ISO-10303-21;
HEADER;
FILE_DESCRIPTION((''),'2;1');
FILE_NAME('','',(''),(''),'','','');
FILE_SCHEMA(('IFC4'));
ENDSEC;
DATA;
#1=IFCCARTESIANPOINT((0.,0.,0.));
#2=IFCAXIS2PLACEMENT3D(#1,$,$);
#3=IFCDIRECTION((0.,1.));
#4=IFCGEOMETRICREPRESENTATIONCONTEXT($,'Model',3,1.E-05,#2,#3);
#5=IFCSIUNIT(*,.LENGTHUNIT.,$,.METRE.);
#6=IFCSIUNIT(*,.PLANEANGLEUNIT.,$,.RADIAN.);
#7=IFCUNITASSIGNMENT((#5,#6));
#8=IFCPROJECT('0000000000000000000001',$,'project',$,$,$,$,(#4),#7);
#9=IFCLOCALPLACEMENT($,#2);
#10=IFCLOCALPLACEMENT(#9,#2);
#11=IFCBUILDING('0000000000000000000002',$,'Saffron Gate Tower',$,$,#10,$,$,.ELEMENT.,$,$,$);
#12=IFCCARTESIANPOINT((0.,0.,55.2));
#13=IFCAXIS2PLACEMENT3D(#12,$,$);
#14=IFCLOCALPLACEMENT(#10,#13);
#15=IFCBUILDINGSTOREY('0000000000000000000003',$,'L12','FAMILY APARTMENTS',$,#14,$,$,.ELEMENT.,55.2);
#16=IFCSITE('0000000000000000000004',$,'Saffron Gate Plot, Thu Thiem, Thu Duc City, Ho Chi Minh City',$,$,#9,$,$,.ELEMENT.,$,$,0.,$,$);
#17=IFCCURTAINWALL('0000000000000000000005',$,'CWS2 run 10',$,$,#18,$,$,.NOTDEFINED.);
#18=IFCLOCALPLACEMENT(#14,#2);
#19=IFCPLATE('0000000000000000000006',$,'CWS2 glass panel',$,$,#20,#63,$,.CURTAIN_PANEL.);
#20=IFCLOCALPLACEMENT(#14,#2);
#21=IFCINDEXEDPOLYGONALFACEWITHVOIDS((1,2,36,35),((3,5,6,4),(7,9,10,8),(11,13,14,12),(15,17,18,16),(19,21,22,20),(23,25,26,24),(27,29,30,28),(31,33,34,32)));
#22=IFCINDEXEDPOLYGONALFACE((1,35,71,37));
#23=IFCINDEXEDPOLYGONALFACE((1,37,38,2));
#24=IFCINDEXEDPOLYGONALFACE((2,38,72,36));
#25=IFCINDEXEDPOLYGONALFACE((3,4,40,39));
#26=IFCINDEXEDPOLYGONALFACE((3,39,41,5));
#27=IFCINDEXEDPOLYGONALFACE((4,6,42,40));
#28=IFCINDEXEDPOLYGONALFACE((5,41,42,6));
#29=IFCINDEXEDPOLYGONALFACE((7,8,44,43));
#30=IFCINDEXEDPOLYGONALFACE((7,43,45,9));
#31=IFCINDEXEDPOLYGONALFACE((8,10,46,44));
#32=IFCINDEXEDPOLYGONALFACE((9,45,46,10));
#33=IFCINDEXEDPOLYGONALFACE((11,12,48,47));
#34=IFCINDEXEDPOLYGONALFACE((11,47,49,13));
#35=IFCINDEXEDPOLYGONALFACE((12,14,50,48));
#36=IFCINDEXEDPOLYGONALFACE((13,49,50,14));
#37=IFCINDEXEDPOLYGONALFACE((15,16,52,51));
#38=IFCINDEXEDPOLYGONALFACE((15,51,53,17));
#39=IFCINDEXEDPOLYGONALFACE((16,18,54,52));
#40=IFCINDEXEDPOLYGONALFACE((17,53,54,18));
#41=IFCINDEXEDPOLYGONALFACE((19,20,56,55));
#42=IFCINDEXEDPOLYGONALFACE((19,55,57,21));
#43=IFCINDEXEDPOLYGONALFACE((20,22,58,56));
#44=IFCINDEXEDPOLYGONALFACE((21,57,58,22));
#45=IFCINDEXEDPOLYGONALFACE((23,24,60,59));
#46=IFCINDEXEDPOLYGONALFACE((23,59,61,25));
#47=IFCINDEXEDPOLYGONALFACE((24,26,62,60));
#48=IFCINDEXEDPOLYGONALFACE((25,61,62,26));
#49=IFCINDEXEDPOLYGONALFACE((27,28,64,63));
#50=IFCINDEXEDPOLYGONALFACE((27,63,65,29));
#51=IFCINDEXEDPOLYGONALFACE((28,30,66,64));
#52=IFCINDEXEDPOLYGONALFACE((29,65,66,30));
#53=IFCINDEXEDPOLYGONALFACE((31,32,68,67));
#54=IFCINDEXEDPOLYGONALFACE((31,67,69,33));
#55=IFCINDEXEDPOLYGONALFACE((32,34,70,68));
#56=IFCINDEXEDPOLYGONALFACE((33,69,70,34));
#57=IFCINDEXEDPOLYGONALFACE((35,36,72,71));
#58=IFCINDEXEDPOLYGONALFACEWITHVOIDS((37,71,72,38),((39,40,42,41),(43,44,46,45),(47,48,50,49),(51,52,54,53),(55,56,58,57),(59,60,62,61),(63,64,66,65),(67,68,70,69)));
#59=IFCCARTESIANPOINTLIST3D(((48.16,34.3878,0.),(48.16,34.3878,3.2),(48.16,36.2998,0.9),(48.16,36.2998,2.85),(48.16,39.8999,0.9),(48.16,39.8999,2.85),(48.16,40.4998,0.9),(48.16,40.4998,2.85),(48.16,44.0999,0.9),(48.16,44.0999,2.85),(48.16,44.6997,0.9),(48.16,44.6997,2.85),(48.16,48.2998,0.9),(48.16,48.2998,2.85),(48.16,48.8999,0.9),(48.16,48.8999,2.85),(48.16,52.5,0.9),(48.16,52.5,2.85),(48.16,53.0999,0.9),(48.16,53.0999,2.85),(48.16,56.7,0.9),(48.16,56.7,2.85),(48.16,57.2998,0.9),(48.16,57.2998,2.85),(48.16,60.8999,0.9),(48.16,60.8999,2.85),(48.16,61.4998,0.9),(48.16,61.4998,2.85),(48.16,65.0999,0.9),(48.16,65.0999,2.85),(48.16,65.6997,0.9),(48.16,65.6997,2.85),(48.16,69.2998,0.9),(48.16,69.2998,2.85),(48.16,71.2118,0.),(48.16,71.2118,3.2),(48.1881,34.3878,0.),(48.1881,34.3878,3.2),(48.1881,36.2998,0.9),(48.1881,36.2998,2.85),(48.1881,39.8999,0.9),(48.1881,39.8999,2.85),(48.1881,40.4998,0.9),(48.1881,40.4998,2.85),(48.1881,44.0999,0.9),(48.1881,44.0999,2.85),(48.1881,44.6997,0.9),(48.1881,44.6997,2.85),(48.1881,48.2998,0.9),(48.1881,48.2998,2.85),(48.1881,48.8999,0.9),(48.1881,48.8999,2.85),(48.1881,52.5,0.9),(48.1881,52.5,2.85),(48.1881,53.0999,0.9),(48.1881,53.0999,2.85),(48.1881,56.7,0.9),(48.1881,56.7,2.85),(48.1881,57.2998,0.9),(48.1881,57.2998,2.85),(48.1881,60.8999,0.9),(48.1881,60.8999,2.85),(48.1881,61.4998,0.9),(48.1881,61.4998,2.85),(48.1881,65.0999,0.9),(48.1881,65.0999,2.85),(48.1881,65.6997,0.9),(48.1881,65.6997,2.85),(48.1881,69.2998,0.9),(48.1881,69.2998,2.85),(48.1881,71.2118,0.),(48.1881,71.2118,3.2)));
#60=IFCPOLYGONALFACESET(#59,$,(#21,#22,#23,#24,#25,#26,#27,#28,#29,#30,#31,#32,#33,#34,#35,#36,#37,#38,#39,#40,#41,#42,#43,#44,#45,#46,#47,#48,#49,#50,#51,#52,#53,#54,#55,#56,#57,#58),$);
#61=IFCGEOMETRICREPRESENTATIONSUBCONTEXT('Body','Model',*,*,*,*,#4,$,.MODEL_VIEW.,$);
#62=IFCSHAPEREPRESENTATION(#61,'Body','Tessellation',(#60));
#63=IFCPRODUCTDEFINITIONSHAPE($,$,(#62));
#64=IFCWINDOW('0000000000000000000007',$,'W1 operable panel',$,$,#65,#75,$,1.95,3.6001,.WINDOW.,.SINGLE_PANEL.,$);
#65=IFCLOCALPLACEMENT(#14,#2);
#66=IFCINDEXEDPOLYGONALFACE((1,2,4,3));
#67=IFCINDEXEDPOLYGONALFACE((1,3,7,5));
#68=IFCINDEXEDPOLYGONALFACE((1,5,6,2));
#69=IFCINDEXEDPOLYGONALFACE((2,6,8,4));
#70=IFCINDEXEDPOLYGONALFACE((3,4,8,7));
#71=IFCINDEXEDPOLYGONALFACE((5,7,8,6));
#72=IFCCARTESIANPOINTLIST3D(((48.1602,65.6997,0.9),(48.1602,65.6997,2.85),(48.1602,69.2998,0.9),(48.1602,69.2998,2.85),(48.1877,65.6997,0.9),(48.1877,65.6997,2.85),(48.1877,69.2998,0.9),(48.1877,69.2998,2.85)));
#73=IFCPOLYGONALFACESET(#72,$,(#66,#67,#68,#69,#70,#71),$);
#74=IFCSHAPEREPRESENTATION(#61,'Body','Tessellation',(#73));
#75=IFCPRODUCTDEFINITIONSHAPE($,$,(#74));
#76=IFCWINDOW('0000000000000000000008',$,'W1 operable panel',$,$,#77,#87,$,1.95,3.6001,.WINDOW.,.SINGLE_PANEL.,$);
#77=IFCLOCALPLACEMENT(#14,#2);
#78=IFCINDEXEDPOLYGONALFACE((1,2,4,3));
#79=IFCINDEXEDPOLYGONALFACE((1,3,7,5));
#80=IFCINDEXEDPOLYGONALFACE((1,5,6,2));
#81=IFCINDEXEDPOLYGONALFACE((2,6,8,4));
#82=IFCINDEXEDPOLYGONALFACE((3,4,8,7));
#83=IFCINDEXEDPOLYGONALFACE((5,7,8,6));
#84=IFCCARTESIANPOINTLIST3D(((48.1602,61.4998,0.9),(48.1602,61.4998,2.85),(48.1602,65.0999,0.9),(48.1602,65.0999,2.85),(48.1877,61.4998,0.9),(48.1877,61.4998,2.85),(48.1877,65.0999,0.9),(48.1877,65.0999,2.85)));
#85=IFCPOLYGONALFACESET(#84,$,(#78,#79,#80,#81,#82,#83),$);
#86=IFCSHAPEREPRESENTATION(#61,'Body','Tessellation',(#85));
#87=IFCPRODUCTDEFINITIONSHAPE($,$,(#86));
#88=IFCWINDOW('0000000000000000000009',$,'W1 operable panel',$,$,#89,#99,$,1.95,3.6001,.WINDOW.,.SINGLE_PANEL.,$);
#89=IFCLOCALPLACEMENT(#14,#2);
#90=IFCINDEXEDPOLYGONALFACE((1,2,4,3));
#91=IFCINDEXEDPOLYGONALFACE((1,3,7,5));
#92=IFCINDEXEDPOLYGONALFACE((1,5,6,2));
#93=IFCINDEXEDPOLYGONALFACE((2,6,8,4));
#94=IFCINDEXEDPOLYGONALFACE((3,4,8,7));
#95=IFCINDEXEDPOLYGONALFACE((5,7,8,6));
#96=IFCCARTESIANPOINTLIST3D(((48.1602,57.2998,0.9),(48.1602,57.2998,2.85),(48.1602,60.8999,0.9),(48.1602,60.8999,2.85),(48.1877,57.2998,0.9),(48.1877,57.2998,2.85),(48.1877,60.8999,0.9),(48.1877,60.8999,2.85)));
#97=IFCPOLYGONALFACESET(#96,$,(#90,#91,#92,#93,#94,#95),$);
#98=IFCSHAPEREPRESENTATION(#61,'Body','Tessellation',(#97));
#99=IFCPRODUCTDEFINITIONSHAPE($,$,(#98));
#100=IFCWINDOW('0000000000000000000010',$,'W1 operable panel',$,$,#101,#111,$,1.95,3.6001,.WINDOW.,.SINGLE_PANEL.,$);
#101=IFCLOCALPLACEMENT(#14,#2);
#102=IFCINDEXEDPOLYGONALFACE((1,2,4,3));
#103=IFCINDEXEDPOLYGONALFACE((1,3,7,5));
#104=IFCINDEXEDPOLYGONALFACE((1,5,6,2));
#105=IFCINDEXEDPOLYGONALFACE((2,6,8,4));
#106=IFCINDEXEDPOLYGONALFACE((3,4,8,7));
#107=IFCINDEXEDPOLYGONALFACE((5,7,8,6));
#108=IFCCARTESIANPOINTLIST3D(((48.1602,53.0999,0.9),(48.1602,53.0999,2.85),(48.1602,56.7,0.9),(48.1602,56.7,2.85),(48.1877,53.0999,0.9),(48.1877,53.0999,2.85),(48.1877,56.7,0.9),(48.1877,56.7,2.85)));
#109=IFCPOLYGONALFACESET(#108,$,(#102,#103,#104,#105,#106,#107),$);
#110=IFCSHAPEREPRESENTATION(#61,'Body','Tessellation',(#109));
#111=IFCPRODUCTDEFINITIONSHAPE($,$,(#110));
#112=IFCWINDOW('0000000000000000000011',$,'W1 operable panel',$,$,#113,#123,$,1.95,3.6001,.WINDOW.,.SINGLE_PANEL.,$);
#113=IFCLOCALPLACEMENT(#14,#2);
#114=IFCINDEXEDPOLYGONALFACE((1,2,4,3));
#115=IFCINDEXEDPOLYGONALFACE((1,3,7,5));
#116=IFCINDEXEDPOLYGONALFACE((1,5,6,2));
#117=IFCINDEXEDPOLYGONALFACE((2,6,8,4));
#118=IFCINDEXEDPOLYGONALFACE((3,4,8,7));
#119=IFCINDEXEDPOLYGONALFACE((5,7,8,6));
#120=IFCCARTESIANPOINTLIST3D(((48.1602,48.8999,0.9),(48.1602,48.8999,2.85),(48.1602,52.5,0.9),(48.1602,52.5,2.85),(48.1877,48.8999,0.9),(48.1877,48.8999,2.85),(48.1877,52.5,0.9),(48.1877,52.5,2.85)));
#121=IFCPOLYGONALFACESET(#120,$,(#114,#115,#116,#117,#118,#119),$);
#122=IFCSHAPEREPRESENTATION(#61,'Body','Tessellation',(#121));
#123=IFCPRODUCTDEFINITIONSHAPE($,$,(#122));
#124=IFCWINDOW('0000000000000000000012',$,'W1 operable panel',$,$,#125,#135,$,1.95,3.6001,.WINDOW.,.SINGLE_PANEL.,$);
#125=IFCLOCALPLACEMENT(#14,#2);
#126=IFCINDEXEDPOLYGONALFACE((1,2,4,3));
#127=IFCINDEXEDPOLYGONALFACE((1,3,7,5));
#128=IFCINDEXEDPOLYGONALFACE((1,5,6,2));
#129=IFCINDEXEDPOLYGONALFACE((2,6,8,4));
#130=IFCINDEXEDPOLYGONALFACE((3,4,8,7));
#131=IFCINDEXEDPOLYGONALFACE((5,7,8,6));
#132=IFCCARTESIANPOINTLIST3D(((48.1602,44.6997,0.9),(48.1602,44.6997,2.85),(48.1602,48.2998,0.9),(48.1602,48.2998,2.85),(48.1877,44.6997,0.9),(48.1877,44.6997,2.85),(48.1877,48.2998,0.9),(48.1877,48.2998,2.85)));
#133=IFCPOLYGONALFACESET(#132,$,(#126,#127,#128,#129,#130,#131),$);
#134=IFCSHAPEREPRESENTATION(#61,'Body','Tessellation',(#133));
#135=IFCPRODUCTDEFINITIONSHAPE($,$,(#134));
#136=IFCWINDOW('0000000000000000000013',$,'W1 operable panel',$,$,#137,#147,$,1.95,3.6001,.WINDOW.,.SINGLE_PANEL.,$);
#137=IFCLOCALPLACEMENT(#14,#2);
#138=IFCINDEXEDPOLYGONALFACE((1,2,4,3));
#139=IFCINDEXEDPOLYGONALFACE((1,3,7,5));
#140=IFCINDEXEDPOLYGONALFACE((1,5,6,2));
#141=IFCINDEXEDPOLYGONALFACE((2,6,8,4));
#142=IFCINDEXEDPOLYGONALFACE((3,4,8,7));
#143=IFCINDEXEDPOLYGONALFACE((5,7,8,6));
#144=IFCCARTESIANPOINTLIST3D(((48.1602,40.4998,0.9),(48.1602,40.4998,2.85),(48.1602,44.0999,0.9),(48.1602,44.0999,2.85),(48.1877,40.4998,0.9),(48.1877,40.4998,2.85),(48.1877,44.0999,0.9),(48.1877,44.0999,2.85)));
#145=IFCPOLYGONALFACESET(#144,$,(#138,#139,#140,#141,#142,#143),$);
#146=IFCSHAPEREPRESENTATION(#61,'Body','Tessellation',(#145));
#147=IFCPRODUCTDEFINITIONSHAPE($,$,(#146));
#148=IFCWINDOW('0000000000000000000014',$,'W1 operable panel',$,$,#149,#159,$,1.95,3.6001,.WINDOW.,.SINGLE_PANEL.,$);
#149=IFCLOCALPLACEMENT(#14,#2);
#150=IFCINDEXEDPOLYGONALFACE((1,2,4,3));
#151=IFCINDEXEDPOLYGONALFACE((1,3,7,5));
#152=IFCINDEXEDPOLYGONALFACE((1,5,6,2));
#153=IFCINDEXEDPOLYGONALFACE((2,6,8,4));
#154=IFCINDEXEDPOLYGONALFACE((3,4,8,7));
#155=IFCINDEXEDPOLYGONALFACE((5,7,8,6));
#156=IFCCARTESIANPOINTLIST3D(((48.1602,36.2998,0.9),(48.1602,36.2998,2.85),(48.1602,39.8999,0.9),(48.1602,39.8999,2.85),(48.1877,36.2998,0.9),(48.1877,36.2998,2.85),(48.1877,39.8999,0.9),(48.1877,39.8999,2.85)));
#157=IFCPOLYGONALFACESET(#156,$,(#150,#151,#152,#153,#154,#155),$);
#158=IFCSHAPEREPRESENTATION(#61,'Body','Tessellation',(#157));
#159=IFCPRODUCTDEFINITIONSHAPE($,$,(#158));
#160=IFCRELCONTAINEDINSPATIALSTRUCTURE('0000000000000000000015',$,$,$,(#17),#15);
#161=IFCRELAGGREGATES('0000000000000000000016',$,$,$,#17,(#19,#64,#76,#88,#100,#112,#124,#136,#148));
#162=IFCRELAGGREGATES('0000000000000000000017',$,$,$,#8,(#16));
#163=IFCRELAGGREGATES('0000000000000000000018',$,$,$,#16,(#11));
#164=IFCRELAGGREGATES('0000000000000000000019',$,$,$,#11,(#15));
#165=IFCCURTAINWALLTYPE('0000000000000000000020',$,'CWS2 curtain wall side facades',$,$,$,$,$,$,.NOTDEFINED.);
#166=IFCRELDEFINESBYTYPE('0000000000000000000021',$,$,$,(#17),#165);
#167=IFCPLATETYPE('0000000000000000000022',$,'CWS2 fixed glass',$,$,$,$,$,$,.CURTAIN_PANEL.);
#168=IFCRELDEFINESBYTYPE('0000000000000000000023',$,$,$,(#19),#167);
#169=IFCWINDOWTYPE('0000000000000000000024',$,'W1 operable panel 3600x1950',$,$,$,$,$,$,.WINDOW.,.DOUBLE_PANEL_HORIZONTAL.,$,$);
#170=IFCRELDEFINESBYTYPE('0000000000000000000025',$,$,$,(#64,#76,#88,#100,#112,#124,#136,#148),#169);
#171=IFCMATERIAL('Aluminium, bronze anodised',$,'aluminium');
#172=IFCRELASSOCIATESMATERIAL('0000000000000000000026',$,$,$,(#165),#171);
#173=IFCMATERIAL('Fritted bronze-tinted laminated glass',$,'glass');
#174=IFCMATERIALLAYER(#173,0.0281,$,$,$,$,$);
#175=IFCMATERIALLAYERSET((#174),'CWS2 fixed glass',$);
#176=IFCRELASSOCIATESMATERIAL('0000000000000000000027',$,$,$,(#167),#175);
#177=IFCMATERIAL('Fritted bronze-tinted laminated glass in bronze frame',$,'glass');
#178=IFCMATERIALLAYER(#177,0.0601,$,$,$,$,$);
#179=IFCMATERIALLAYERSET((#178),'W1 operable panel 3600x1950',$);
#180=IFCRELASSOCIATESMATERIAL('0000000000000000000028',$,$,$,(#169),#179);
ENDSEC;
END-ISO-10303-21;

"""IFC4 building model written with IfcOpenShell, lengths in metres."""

from ifc_helpers import new_model, si_unit, direction, frame, frame_2d, origin, place, context, subcontext, project, spatial, rectangle, extrude, material, layer, layer_set, type_object, element, fill, aggregate, save


model = new_model("IFC4")

# Units and contexts
model_context = context("Model", 3, precision=1e-05, world=origin(), true_north=direction((0.0, 1.0)))
body_context = subcontext(model_context, "Body", "Model", "MODEL_VIEW")
ifc_project = project(units=[si_unit("LENGTHUNIT", "METRE"), si_unit("PLANEANGLEUNIT", "RADIAN")], contexts=[model_context])

# Site, building, storey
site_placement = place(None, origin())
site = spatial("IfcSite", under=ifc_project, at=site_placement, Name="Saffron Gate Plot, Thu Thiem, Thu Duc City, Ho Chi Minh City", CompositionType="ELEMENT", RefElevation=0.0)
building_placement = place(site_placement, origin())
building = spatial("IfcBuilding", under=site, at=building_placement, Name="Saffron Gate Tower", CompositionType="ELEMENT")
storey_placement = place(building_placement, frame((0.0, 0.0, 55.2)))
storey = spatial("IfcBuildingStorey", under=building, at=storey_placement, Name="L12", Description="FAMILY APARTMENTS", CompositionType="ELEMENT", Elevation=55.2)

# Curtain wall
ifc_material_1 = material(Name="Aluminium, bronze anodised", Category="aluminium")
curtain_wall_type_1 = type_object("IfcCurtainWallType", Name="CWS2 curtain wall side facades", PredefinedType="NOTDEFINED", material=ifc_material_1)
curtain_wall_1_placement = place(storey_placement, origin())
curtain_wall_1 = element("IfcCurtainWall", 1, at=curtain_wall_1_placement, inside=storey, type_object=curtain_wall_type_1, Name="CWS2 run 10", PredefinedType="NOTDEFINED")

# Plate, openings, windows
ifc_material_2 = material(Name="Fritted bronze-tinted laminated glass", Category="glass")
ifc_layer_1 = layer(ifc_material_2, 0.0281)
ifc_layer_set_1 = layer_set([ifc_layer_1], Name="CWS2 fixed glass")
plate_type_1 = type_object("IfcPlateType", Name="CWS2 fixed glass", PredefinedType="CURTAIN_PANEL", material=ifc_layer_set_1)
plate_1_placement = place(storey_placement, frame((48.1741, 71.2119, 0.0), z_axis=(0.0, 0.0, 1.0), x_axis=(0.0, -1.0, 0.0)))
plate_1 = element("IfcPlate", 2, at=plate_1_placement, type_object=plate_type_1, Name="CWS2 glass panel", PredefinedType="CURTAIN_PANEL", context=body_context, shape_type="SweptSolid", body=[
    extrude(rectangle(XDim=36.824, YDim=0.0281, at=frame_2d((18.4121, 0.0))), origin(), (0.0, 0.0, 1.0), 3.2),
])
opening_1_placement = place(plate_1_placement, frame((1.9121, 0.0, 0.8999)))
opening_1 = element("IfcOpeningElement", 3, at=opening_1_placement, cuts=plate_1, PredefinedType="OPENING", context=body_context, shape_type="SweptSolid", body=[
    extrude(rectangle(XDim=3.6001, YDim=1.95, at=frame_2d((1.8, 0.9751))), frame((0.0, 0.0239, 0.0), z_axis=(0.0, -1.0, 0.0), x_axis=(1.0, 0.0, 0.0)), (0.0, 0.0, 1.0), 0.0481),
])
opening_2_placement = place(plate_1_placement, frame((6.1121, 0.0, 0.8999)))
opening_2 = element("IfcOpeningElement", 4, at=opening_2_placement, cuts=plate_1, PredefinedType="OPENING", context=body_context, shape_type="SweptSolid", body=[
    extrude(rectangle(XDim=3.6001, YDim=1.95, at=frame_2d((1.8, 0.9751))), frame((0.0, 0.0239, 0.0), z_axis=(0.0, -1.0, 0.0), x_axis=(1.0, 0.0, 0.0)), (0.0, 0.0, 1.0), 0.0481),
])
opening_3_placement = place(plate_1_placement, frame((10.312, 0.0, 0.8999)))
opening_3 = element("IfcOpeningElement", 5, at=opening_3_placement, cuts=plate_1, PredefinedType="OPENING", context=body_context, shape_type="SweptSolid", body=[
    extrude(rectangle(XDim=3.6001, YDim=1.95, at=frame_2d((1.8, 0.9751))), frame((0.0, 0.0239, 0.0), z_axis=(0.0, -1.0, 0.0), x_axis=(1.0, 0.0, 0.0)), (0.0, 0.0, 1.0), 0.0481),
])
opening_4_placement = place(plate_1_placement, frame((14.512, 0.0, 0.8999)))
opening_4 = element("IfcOpeningElement", 6, at=opening_4_placement, cuts=plate_1, PredefinedType="OPENING", context=body_context, shape_type="SweptSolid", body=[
    extrude(rectangle(XDim=3.6001, YDim=1.95, at=frame_2d((1.8, 0.9751))), frame((0.0, 0.0239, 0.0), z_axis=(0.0, -1.0, 0.0), x_axis=(1.0, 0.0, 0.0)), (0.0, 0.0, 1.0), 0.0481),
])
opening_5_placement = place(plate_1_placement, frame((18.7119, 0.0, 0.8999)))
opening_5 = element("IfcOpeningElement", 7, at=opening_5_placement, cuts=plate_1, PredefinedType="OPENING", context=body_context, shape_type="SweptSolid", body=[
    extrude(rectangle(XDim=3.6001, YDim=1.95, at=frame_2d((1.8, 0.9751))), frame((0.0, 0.0239, 0.0), z_axis=(0.0, -1.0, 0.0), x_axis=(1.0, 0.0, 0.0)), (0.0, 0.0, 1.0), 0.0481),
])
opening_6_placement = place(plate_1_placement, frame((22.9121, 0.0, 0.8999)))
opening_6 = element("IfcOpeningElement", 8, at=opening_6_placement, cuts=plate_1, PredefinedType="OPENING", context=body_context, shape_type="SweptSolid", body=[
    extrude(rectangle(XDim=3.6001, YDim=1.95, at=frame_2d((1.8, 0.9751))), frame((0.0, 0.0239, 0.0), z_axis=(0.0, -1.0, 0.0), x_axis=(1.0, 0.0, 0.0)), (0.0, 0.0, 1.0), 0.0481),
])
opening_7_placement = place(plate_1_placement, frame((27.1121, 0.0, 0.8999)))
opening_7 = element("IfcOpeningElement", 9, at=opening_7_placement, cuts=plate_1, PredefinedType="OPENING", context=body_context, shape_type="SweptSolid", body=[
    extrude(rectangle(XDim=3.6001, YDim=1.95, at=frame_2d((1.8, 0.9751))), frame((0.0, 0.0239, 0.0), z_axis=(0.0, -1.0, 0.0), x_axis=(1.0, 0.0, 0.0)), (0.0, 0.0, 1.0), 0.0481),
])
opening_8_placement = place(plate_1_placement, frame((31.312, 0.0, 0.8999)))
opening_8 = element("IfcOpeningElement", 10, at=opening_8_placement, cuts=plate_1, PredefinedType="OPENING", context=body_context, shape_type="SweptSolid", body=[
    extrude(rectangle(XDim=3.6001, YDim=1.95, at=frame_2d((1.8, 0.9751))), frame((0.0, 0.0239, 0.0), z_axis=(0.0, -1.0, 0.0), x_axis=(1.0, 0.0, 0.0)), (0.0, 0.0, 1.0), 0.0481),
])
ifc_material_3 = material(Name="Fritted bronze-tinted laminated glass in bronze frame", Category="glass")
ifc_layer_2 = layer(ifc_material_3, 0.0601)
ifc_layer_set_2 = layer_set([ifc_layer_2], Name="W1 operable panel 3600x1950")
window_type = type_object("IfcWindowType", Name="W1 operable panel 3600x1950", PartitioningType="DOUBLE_PANEL_HORIZONTAL", PredefinedType="WINDOW", material=ifc_layer_set_2)
window_1_placement = place(opening_1_placement, origin())
window_1 = element("IfcWindow", 11, at=window_1_placement, type_object=window_type, Name="W1 operable panel", OverallHeight=1.95, OverallWidth=3.6001, PartitioningType="SINGLE_PANEL", PredefinedType="WINDOW", context=body_context, shape_type="SweptSolid", body=[
    extrude(rectangle(XDim=3.6001, YDim=1.95, at=frame_2d((1.8, 0.9751))), frame((0.0, 0.0137, 0.0), z_axis=(0.0, -1.0, 0.0), x_axis=(1.0, 0.0, 0.0)), (0.0, 0.0, 1.0), 0.0276),
])
fill(opening_1, window_1)
window_2_placement = place(opening_2_placement, origin())
window_2 = element("IfcWindow", 12, at=window_2_placement, type_object=window_type, Name="W1 operable panel", OverallHeight=1.95, OverallWidth=3.6001, PartitioningType="SINGLE_PANEL", PredefinedType="WINDOW", context=body_context, shape_type="SweptSolid", body=[
    extrude(rectangle(XDim=3.6001, YDim=1.95, at=frame_2d((1.8, 0.9751))), frame((0.0, 0.0137, 0.0), z_axis=(0.0, -1.0, 0.0), x_axis=(1.0, 0.0, 0.0)), (0.0, 0.0, 1.0), 0.0276),
])
fill(opening_2, window_2)
window_3_placement = place(opening_3_placement, origin())
window_3 = element("IfcWindow", 13, at=window_3_placement, type_object=window_type, Name="W1 operable panel", OverallHeight=1.95, OverallWidth=3.6001, PartitioningType="SINGLE_PANEL", PredefinedType="WINDOW", context=body_context, shape_type="SweptSolid", body=[
    extrude(rectangle(XDim=3.6001, YDim=1.95, at=frame_2d((1.8, 0.9751))), frame((0.0, 0.0137, 0.0), z_axis=(0.0, -1.0, 0.0), x_axis=(1.0, 0.0, 0.0)), (0.0, 0.0, 1.0), 0.0276),
])
fill(opening_3, window_3)
window_4_placement = place(opening_4_placement, origin())
window_4 = element("IfcWindow", 14, at=window_4_placement, type_object=window_type, Name="W1 operable panel", OverallHeight=1.95, OverallWidth=3.6001, PartitioningType="SINGLE_PANEL", PredefinedType="WINDOW", context=body_context, shape_type="SweptSolid", body=[
    extrude(rectangle(XDim=3.6001, YDim=1.95, at=frame_2d((1.8, 0.9751))), frame((0.0, 0.0137, 0.0), z_axis=(0.0, -1.0, 0.0), x_axis=(1.0, 0.0, 0.0)), (0.0, 0.0, 1.0), 0.0276),
])
fill(opening_4, window_4)
window_5_placement = place(opening_5_placement, origin())
window_5 = element("IfcWindow", 15, at=window_5_placement, type_object=window_type, Name="W1 operable panel", OverallHeight=1.95, OverallWidth=3.6001, PartitioningType="SINGLE_PANEL", PredefinedType="WINDOW", context=body_context, shape_type="SweptSolid", body=[
    extrude(rectangle(XDim=3.6001, YDim=1.95, at=frame_2d((1.8, 0.9751))), frame((0.0, 0.0137, 0.0), z_axis=(0.0, -1.0, 0.0), x_axis=(1.0, 0.0, 0.0)), (0.0, 0.0, 1.0), 0.0276),
])
fill(opening_5, window_5)
window_6_placement = place(opening_6_placement, origin())
window_6 = element("IfcWindow", 16, at=window_6_placement, type_object=window_type, Name="W1 operable panel", OverallHeight=1.95, OverallWidth=3.6001, PartitioningType="SINGLE_PANEL", PredefinedType="WINDOW", context=body_context, shape_type="SweptSolid", body=[
    extrude(rectangle(XDim=3.6001, YDim=1.95, at=frame_2d((1.8, 0.9751))), frame((0.0, 0.0137, 0.0), z_axis=(0.0, -1.0, 0.0), x_axis=(1.0, 0.0, 0.0)), (0.0, 0.0, 1.0), 0.0276),
])
fill(opening_6, window_6)
window_7_placement = place(opening_7_placement, origin())
window_7 = element("IfcWindow", 17, at=window_7_placement, type_object=window_type, Name="W1 operable panel", OverallHeight=1.95, OverallWidth=3.6001, PartitioningType="SINGLE_PANEL", PredefinedType="WINDOW", context=body_context, shape_type="SweptSolid", body=[
    extrude(rectangle(XDim=3.6001, YDim=1.95, at=frame_2d((1.8, 0.9751))), frame((0.0, 0.0137, 0.0), z_axis=(0.0, -1.0, 0.0), x_axis=(1.0, 0.0, 0.0)), (0.0, 0.0, 1.0), 0.0276),
])
fill(opening_7, window_7)
window_8_placement = place(opening_8_placement, origin())
window_8 = element("IfcWindow", 18, at=window_8_placement, type_object=window_type, Name="W1 operable panel", OverallHeight=1.95, OverallWidth=3.6001, PartitioningType="SINGLE_PANEL", PredefinedType="WINDOW", context=body_context, shape_type="SweptSolid", body=[
    extrude(rectangle(XDim=3.6001, YDim=1.95, at=frame_2d((1.8, 0.9751))), frame((0.0, 0.0137, 0.0), z_axis=(0.0, -1.0, 0.0), x_axis=(1.0, 0.0, 0.0)), (0.0, 0.0, 1.0), 0.0276),
])
fill(opening_8, window_8)
aggregate(curtain_wall_1, [plate_1, window_1, window_2, window_3, window_4, window_5, window_6, window_7, window_8])

save(model, "model.ifc")
